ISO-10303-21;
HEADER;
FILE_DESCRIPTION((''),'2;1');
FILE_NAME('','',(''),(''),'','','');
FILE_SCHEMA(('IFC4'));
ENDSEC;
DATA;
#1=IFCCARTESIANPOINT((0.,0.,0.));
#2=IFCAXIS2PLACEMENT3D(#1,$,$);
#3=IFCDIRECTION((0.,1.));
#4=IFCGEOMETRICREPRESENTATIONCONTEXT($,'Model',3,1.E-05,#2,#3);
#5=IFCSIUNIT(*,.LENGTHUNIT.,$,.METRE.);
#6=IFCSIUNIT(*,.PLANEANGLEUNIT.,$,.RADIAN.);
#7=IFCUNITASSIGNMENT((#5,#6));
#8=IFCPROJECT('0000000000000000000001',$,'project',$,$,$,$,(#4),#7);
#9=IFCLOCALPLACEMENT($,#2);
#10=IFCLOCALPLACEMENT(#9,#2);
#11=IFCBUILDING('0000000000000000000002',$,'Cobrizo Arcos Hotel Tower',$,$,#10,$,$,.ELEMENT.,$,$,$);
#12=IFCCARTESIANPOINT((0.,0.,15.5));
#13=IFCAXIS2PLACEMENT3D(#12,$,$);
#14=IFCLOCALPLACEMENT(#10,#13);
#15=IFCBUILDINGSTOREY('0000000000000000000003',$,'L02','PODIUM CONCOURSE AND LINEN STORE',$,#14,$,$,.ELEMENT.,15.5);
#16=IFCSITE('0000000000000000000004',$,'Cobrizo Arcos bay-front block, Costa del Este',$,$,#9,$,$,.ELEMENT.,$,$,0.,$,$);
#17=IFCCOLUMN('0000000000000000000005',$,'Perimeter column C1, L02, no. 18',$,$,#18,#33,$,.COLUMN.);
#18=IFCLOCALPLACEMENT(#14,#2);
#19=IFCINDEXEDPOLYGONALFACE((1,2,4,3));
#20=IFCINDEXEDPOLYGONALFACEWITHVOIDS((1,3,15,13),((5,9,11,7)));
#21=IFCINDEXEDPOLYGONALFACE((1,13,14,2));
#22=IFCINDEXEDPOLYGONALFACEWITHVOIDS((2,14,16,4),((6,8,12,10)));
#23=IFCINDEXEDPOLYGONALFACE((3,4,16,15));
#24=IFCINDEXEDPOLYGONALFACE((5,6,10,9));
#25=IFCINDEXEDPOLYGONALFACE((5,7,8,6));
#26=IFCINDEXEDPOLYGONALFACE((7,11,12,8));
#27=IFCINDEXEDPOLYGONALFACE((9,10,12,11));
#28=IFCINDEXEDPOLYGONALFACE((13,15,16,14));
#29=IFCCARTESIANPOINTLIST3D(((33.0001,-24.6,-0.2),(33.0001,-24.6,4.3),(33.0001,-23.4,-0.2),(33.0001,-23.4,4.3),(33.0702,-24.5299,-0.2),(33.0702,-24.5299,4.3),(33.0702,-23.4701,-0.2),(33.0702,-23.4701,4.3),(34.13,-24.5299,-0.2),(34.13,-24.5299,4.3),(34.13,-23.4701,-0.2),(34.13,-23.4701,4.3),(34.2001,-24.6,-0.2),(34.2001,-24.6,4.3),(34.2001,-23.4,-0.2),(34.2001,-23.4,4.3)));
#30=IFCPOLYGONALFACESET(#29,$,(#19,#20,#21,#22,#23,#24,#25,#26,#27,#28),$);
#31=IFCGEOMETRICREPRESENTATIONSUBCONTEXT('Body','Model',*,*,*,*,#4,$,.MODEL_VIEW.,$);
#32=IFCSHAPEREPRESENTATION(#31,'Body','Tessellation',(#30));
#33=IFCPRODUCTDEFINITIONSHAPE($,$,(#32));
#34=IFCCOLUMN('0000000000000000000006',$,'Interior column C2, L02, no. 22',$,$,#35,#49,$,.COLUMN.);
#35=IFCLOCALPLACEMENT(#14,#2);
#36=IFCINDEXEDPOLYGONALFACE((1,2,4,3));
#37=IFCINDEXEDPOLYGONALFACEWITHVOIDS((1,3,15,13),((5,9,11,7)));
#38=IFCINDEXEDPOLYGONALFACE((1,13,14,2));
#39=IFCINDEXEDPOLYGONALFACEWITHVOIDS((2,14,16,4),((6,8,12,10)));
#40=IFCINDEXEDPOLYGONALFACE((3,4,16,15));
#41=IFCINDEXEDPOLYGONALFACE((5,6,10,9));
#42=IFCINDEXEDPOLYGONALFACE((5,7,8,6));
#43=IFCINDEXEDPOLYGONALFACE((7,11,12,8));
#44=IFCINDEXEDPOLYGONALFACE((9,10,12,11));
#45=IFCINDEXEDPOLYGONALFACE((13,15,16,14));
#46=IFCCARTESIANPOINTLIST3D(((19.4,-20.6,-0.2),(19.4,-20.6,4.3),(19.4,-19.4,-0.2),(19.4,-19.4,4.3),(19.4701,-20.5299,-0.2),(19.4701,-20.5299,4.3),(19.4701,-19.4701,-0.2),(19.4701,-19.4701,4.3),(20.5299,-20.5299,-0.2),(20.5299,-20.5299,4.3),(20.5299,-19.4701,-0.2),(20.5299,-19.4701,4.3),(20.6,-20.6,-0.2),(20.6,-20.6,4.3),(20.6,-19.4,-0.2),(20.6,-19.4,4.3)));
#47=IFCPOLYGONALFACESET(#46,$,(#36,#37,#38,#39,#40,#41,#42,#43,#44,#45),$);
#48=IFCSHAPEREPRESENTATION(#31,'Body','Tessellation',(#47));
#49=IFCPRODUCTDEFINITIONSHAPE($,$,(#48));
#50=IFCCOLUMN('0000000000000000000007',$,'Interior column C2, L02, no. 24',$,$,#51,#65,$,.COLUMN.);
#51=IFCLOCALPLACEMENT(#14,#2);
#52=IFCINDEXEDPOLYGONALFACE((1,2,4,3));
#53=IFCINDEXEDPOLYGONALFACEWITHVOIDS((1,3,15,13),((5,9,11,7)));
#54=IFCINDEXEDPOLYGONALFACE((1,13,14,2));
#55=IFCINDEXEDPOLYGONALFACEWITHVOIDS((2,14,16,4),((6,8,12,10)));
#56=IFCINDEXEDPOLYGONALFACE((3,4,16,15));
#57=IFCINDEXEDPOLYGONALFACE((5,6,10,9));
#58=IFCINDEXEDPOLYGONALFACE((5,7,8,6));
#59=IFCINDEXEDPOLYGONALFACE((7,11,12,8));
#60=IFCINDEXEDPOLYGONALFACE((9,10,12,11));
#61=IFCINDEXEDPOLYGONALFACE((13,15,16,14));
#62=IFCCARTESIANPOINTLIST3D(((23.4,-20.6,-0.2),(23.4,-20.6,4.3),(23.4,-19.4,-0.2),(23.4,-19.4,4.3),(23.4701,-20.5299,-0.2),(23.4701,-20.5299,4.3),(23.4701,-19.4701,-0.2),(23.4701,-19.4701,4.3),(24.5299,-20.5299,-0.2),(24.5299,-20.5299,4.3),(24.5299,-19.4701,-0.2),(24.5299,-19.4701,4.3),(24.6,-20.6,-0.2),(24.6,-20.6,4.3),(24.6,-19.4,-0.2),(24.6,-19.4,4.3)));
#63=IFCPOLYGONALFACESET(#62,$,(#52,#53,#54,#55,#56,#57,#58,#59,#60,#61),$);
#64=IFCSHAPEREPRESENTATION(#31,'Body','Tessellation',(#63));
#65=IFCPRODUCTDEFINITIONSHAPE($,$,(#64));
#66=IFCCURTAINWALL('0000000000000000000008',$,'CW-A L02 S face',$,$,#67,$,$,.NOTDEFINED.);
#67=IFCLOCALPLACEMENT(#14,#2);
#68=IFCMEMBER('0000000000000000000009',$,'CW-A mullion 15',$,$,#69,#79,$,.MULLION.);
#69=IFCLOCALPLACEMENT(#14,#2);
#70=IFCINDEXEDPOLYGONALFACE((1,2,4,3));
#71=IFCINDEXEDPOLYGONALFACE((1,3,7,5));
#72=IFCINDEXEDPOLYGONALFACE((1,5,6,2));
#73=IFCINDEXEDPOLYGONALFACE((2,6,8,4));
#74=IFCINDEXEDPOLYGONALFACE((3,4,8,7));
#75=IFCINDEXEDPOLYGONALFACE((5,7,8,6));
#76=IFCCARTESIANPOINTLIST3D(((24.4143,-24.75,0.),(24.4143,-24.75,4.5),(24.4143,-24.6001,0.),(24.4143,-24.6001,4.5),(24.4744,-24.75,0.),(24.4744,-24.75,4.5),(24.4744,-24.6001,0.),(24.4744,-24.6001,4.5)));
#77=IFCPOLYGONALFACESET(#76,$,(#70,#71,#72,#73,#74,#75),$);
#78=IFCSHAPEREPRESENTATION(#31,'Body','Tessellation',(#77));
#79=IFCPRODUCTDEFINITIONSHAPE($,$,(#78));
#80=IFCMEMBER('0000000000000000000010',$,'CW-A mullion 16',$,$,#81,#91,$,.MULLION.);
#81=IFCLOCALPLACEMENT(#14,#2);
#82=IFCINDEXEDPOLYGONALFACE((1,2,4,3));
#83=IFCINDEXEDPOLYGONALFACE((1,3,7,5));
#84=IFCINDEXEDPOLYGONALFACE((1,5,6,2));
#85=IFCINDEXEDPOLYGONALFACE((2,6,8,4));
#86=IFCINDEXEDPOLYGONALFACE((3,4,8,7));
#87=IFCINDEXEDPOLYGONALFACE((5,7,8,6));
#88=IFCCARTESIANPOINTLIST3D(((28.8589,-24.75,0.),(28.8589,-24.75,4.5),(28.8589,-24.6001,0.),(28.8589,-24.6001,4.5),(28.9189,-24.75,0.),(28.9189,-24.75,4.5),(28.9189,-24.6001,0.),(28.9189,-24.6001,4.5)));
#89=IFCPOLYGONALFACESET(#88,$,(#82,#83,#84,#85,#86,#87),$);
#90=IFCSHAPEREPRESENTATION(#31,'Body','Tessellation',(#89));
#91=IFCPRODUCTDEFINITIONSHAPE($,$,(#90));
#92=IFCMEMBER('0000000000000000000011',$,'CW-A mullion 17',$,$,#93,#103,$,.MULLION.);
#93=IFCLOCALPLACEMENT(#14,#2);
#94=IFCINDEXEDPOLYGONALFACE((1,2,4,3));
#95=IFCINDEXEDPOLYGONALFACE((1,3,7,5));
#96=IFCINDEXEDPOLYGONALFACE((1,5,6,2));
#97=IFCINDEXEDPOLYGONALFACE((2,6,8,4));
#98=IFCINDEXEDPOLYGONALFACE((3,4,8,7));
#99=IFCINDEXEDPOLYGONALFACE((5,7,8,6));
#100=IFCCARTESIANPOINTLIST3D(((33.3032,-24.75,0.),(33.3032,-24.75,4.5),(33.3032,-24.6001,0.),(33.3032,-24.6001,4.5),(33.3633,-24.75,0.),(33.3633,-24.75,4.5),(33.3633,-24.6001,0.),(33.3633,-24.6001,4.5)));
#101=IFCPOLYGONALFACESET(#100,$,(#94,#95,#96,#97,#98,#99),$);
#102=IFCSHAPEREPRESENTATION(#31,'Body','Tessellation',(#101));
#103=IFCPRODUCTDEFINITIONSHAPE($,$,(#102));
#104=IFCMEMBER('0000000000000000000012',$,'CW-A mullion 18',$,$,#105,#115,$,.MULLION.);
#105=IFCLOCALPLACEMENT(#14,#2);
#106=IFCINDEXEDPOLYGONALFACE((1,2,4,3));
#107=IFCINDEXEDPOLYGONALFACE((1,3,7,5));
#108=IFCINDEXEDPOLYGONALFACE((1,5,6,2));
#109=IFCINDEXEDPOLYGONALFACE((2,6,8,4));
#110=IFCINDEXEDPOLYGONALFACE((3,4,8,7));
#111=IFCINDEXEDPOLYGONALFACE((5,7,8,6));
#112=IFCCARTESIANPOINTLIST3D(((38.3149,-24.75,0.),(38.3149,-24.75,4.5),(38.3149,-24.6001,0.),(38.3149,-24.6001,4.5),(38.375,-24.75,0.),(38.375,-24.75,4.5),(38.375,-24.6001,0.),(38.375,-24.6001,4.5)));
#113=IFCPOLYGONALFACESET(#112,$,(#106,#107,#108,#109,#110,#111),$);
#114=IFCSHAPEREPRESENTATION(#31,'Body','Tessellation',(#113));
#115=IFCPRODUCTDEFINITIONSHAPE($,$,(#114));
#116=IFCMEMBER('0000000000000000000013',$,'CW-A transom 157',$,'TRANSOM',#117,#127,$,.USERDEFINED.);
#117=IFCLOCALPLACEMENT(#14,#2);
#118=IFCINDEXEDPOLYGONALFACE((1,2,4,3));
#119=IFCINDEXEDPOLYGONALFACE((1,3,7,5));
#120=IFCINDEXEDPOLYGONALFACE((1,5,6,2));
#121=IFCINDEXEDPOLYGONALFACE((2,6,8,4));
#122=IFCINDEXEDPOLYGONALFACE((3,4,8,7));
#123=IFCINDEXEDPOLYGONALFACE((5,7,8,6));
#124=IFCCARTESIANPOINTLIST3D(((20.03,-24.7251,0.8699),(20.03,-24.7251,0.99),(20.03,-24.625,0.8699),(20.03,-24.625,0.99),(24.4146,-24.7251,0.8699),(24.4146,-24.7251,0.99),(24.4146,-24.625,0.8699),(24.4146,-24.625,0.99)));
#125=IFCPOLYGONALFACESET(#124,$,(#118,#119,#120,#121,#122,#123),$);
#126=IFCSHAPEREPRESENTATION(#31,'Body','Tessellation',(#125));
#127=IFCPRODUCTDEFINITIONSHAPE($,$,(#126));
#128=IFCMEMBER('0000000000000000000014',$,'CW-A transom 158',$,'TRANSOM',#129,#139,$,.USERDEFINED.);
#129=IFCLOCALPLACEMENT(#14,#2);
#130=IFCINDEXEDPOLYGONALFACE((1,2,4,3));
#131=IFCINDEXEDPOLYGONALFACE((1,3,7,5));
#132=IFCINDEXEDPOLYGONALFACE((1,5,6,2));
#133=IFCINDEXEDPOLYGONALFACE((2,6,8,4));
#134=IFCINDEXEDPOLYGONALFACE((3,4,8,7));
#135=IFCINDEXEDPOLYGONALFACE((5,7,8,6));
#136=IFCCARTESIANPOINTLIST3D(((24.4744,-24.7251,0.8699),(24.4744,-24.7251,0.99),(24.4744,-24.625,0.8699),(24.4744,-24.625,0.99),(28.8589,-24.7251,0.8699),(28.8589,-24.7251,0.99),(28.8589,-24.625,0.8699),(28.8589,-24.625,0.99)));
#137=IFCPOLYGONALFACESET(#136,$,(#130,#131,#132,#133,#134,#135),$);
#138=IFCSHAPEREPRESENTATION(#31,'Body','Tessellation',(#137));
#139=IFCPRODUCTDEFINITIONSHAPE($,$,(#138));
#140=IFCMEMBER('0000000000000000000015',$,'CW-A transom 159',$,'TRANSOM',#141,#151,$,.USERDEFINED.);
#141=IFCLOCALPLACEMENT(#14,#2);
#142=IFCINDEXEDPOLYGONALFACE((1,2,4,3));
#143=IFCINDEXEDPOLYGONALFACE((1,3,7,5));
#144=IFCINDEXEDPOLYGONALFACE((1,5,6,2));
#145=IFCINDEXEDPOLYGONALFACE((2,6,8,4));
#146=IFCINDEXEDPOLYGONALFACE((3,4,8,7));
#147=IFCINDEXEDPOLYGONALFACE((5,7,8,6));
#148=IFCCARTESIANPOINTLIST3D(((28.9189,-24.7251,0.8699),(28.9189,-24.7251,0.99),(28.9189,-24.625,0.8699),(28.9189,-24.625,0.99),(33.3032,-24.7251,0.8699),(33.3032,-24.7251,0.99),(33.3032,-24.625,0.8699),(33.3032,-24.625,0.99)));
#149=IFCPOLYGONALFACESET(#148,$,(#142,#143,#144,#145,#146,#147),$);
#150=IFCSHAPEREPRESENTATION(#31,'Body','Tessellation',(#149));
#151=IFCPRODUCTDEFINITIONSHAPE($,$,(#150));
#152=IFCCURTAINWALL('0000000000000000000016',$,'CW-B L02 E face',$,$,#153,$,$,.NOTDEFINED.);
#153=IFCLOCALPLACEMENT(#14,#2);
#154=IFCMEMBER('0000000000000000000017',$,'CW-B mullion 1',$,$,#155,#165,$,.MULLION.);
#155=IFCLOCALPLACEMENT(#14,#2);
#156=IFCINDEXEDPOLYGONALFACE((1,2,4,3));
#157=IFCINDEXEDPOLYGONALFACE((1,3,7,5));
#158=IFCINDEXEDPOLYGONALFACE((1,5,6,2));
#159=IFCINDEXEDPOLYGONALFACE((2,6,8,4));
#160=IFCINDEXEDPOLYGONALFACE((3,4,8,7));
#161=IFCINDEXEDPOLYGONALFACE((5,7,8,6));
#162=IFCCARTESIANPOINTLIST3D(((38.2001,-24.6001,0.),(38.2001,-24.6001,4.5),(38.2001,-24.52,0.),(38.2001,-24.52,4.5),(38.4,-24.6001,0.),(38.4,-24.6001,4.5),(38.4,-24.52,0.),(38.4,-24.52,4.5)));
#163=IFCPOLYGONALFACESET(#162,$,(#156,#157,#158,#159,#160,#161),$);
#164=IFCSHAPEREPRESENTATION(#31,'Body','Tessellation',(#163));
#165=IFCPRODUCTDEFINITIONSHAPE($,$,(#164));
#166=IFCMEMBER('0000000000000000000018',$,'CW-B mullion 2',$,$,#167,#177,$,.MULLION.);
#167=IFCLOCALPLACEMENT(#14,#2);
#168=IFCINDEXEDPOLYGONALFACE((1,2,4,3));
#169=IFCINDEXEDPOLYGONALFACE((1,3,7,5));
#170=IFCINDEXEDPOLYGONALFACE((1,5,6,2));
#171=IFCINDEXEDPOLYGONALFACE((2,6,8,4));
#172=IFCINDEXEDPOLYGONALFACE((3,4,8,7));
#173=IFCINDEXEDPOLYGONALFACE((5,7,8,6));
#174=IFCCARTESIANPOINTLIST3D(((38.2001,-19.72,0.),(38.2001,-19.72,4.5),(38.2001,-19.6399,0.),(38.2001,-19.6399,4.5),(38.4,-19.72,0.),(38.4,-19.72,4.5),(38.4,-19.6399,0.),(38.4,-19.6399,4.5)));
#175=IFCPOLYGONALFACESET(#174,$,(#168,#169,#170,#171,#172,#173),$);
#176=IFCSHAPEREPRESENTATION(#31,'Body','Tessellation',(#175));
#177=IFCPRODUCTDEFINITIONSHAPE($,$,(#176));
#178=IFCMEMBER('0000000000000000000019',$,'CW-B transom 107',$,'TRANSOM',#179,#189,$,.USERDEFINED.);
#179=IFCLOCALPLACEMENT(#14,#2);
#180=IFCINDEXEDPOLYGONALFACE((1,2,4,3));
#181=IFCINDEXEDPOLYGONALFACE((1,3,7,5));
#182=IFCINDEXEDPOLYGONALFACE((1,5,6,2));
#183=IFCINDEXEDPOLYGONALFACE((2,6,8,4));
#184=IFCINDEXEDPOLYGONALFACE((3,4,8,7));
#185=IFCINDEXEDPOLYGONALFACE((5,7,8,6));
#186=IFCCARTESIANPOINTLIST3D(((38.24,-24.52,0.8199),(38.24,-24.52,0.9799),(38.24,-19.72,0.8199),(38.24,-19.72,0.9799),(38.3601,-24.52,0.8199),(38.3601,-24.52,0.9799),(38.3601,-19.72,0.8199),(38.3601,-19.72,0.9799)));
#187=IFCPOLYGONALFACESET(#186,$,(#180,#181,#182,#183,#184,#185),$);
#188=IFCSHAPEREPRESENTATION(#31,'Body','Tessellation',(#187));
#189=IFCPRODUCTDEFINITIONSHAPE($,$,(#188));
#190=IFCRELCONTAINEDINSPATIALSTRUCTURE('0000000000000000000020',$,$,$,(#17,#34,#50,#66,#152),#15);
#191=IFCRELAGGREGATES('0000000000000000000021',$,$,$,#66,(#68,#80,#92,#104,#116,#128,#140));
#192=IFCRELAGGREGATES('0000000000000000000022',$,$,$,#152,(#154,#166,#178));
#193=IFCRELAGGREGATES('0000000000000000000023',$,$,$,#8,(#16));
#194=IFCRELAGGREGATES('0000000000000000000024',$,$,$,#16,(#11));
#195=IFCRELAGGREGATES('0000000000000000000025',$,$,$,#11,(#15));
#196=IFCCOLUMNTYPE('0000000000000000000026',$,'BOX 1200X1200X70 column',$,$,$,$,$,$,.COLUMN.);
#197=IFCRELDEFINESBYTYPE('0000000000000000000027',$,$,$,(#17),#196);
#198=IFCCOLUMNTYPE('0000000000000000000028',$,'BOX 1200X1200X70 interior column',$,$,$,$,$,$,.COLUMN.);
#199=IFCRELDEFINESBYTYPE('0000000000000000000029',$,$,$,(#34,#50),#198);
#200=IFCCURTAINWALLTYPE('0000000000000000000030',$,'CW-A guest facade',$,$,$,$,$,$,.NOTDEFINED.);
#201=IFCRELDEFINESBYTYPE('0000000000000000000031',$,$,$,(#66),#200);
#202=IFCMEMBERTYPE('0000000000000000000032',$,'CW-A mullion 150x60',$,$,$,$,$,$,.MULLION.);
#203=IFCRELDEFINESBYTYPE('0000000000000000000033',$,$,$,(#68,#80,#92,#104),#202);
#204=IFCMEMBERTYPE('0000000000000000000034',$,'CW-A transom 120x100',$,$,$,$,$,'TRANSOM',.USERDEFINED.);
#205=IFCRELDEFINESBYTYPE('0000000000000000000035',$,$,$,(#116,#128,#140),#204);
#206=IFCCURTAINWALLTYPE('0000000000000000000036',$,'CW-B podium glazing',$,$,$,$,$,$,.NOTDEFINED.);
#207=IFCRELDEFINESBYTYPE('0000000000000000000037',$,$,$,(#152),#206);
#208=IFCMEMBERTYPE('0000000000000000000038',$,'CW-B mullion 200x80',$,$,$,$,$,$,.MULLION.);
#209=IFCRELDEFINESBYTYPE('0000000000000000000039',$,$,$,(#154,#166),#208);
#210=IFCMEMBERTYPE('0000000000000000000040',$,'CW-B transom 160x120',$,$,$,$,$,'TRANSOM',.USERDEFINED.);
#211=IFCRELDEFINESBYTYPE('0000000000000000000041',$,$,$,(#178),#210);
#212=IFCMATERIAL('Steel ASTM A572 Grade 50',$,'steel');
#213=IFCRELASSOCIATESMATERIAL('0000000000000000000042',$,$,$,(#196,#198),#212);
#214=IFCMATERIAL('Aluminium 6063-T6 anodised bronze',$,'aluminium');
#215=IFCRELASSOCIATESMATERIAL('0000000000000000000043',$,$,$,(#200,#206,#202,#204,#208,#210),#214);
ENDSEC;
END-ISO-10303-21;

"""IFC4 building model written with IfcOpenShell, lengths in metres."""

from ifc_helpers import new_model, si_unit, direction, frame, origin, origin_2d, place, context, subcontext, project, spatial, rectangle, hollow_rectangle, extrude, material, material_profile, profile_set, type_object, element, aggregate, save


model = new_model("IFC4")

# Units and contexts
model_context = context("Model", 3, precision=1e-05, world=origin(), true_north=direction((0.0, 1.0)))
body_context = subcontext(model_context, "Body", "Model", "MODEL_VIEW")
ifc_project = project(units=[si_unit("LENGTHUNIT", "METRE"), si_unit("PLANEANGLEUNIT", "RADIAN")], contexts=[model_context])

# Site, building, storey
site_placement = place(None, origin())
site = spatial("IfcSite", under=ifc_project, at=site_placement, Name="Cobrizo Arcos bay-front block, Costa del Este", CompositionType="ELEMENT", RefElevation=0.0)
building_placement = place(site_placement, origin())
building = spatial("IfcBuilding", under=site, at=building_placement, Name="Cobrizo Arcos Hotel Tower", CompositionType="ELEMENT")
storey_placement = place(building_placement, frame((0.0, 0.0, 15.5)))
storey = spatial("IfcBuildingStorey", under=building, at=storey_placement, Name="L02", Description="PODIUM CONCOURSE AND LINEN STORE", CompositionType="ELEMENT", Elevation=15.5)

# Columns
ifc_material_1 = material(Name="Steel ASTM A572 Grade 50", Category="steel")
ifc_material_profile_1 = material_profile(ifc_material_1, hollow_rectangle(XDim=1.2, YDim=1.2, WallThickness=0.0701, at=origin_2d()), Name="BOX 1200X1200X70")
ifc_profile_set_1 = profile_set([ifc_material_profile_1], Name="Steel ASTM A572 Grade 50")
column_type_1 = type_object("IfcColumnType", Name="BOX 1200X1200X70 column", PredefinedType="COLUMN", material=ifc_profile_set_1)
column_placement = place(storey_placement, frame((33.6001, -24.0, -0.2), z_axis=(0.0, 0.0, 1.0), x_axis=(1.0, 0.0, 0.0)))
element("IfcColumn", 1, at=column_placement, inside=storey, type_object=column_type_1, Name="Perimeter column C1, L02, no. 18", PredefinedType="COLUMN", context=body_context, shape_type="SweptSolid", body=[
    extrude(hollow_rectangle(XDim=1.2, YDim=1.2, WallThickness=0.0701, at=origin_2d()), origin(), (0.0, 0.0, 1.0), 4.5),
])
ifc_material_profile_2 = material_profile(ifc_material_1, hollow_rectangle(XDim=1.2, YDim=1.2, WallThickness=0.0701, at=origin_2d()), Name="BOX 1200X1200X70")
ifc_profile_set_2 = profile_set([ifc_material_profile_2], Name="Steel ASTM A572 Grade 50")
column_type_2 = type_object("IfcColumnType", Name="BOX 1200X1200X70 interior column", PredefinedType="COLUMN", material=ifc_profile_set_2)
for number, where, z_axis, x_axis, name in (
    (2, (20.0, -20.0, -0.2), (0.0, 0.0, 1.0), (1.0, 0.0, 0.0), "Interior column C2, L02, no. 22"),
    (3, (24.0, -20.0, -0.2), (0.0, 0.0, 1.0), (1.0, 0.0, 0.0), "Interior column C2, L02, no. 24"),
):
    element("IfcColumn", number, at=place(storey_placement, frame(where, z_axis=z_axis, x_axis=x_axis)), inside=storey, type_object=column_type_2, Name=name, PredefinedType="COLUMN", context=body_context, shape_type="SweptSolid", body=[
        extrude(hollow_rectangle(XDim=1.2, YDim=1.2, WallThickness=0.0701, at=origin_2d()), origin(), (0.0, 0.0, 1.0), 4.5),
    ])

# Curtain walls, members
ifc_material_2 = material(Name="Aluminium 6063-T6 anodised bronze", Category="aluminium")
curtain_wall_type_1 = type_object("IfcCurtainWallType", Name="CW-A guest facade", PredefinedType="NOTDEFINED", material=ifc_material_2)
curtain_wall_1_placement = place(storey_placement, origin())
curtain_wall_1 = element("IfcCurtainWall", 4, at=curtain_wall_1_placement, inside=storey, type_object=curtain_wall_type_1, Name="CW-A L02 S face", PredefinedType="NOTDEFINED")
ifc_material_profile_3 = material_profile(ifc_material_2, rectangle(XDim=0.1499, YDim=0.0601, at=origin_2d()), Name="CW-A mullion 150x60")
ifc_profile_set_3 = profile_set([ifc_material_profile_3], Name="Aluminium 6063-T6 anodised bronze")
member_type_1 = type_object("IfcMemberType", Name="CW-A mullion 150x60", PredefinedType="MULLION", material=ifc_profile_set_3)
member_1_placement = place(storey_placement, frame((24.4443, -24.675, 0.0), z_axis=(0.0, 0.0, 1.0), x_axis=(0.0, -1.0, 0.0)))
member_1 = element("IfcMember", 5, at=member_1_placement, type_object=member_type_1, Name="CW-A mullion 15", PredefinedType="MULLION", context=body_context, shape_type="SweptSolid", body=[
    extrude(rectangle(XDim=0.1499, YDim=0.0601, at=origin_2d()), origin(), (0.0, 0.0, 1.0), 4.5),
])
member_2_placement = place(storey_placement, frame((28.8889, -24.675, 0.0), z_axis=(0.0, 0.0, 1.0), x_axis=(0.0, -1.0, 0.0)))
member_2 = element("IfcMember", 6, at=member_2_placement, type_object=member_type_1, Name="CW-A mullion 16", PredefinedType="MULLION", context=body_context, shape_type="SweptSolid", body=[
    extrude(rectangle(XDim=0.1499, YDim=0.0601, at=origin_2d()), origin(), (0.0, 0.0, 1.0), 4.5),
])
member_3_placement = place(storey_placement, frame((33.3333, -24.675, 0.0), z_axis=(0.0, 0.0, 1.0), x_axis=(0.0, -1.0, 0.0)))
member_3 = element("IfcMember", 7, at=member_3_placement, type_object=member_type_1, Name="CW-A mullion 17", PredefinedType="MULLION", context=body_context, shape_type="SweptSolid", body=[
    extrude(rectangle(XDim=0.1499, YDim=0.0601, at=origin_2d()), origin(), (0.0, 0.0, 1.0), 4.5),
])
member_4_placement = place(storey_placement, frame((38.345, -24.675, 0.0), z_axis=(0.0, 0.0, 1.0), x_axis=(0.0, -1.0, 0.0)))
member_4 = element("IfcMember", 8, at=member_4_placement, type_object=member_type_1, Name="CW-A mullion 18", PredefinedType="MULLION", context=body_context, shape_type="SweptSolid", body=[
    extrude(rectangle(XDim=0.1499, YDim=0.0601, at=origin_2d()), origin(), (0.0, 0.0, 1.0), 4.5),
])
ifc_material_profile_4 = material_profile(ifc_material_2, rectangle(XDim=0.1001, YDim=0.1201, at=origin_2d()), Name="CW-A transom 120x100")
ifc_profile_set_4 = profile_set([ifc_material_profile_4], Name="Aluminium 6063-T6 anodised bronze")
member_type_2 = type_object("IfcMemberType", Name="CW-A transom 120x100", ElementType="TRANSOM", PredefinedType="USERDEFINED", material=ifc_profile_set_4)
member_5_placement = place(storey_placement, frame((20.03, -24.675, 0.9299), z_axis=(1.0, 0.0, 0.0), x_axis=(0.0, 1.0, 0.0)))
member_5 = element("IfcMember", 9, at=member_5_placement, type_object=member_type_2, Name="CW-A transom 157", ObjectType="TRANSOM", PredefinedType="USERDEFINED", context=body_context, shape_type="SweptSolid", body=[
    extrude(rectangle(XDim=0.1001, YDim=0.1201, at=origin_2d()), origin(), (0.0, 0.0, 1.0), 4.3845),
])
member_6_placement = place(storey_placement, frame((24.4744, -24.675, 0.9299), z_axis=(1.0, 0.0, 0.0), x_axis=(0.0, 1.0, 0.0)))
member_6 = element("IfcMember", 10, at=member_6_placement, type_object=member_type_2, Name="CW-A transom 158", ObjectType="TRANSOM", PredefinedType="USERDEFINED", context=body_context, shape_type="SweptSolid", body=[
    extrude(rectangle(XDim=0.1001, YDim=0.1201, at=origin_2d()), origin(), (0.0, 0.0, 1.0), 4.3845),
])
member_7_placement = place(storey_placement, frame((28.9189, -24.675, 0.9299), z_axis=(1.0, 0.0, 0.0), x_axis=(0.0, 1.0, 0.0)))
member_7 = element("IfcMember", 11, at=member_7_placement, type_object=member_type_2, Name="CW-A transom 159", ObjectType="TRANSOM", PredefinedType="USERDEFINED", context=body_context, shape_type="SweptSolid", body=[
    extrude(rectangle(XDim=0.1001, YDim=0.1201, at=origin_2d()), origin(), (0.0, 0.0, 1.0), 4.3843),
])
curtain_wall_type_2 = type_object("IfcCurtainWallType", Name="CW-B podium glazing", PredefinedType="NOTDEFINED", material=ifc_material_2)
curtain_wall_2_placement = place(storey_placement, origin())
curtain_wall_2 = element("IfcCurtainWall", 12, at=curtain_wall_2_placement, inside=storey, type_object=curtain_wall_type_2, Name="CW-B L02 E face", PredefinedType="NOTDEFINED")
ifc_material_profile_5 = material_profile(ifc_material_2, rectangle(XDim=0.2, YDim=0.0801, at=origin_2d()), Name="CW-B mullion 200x80")
ifc_profile_set_5 = profile_set([ifc_material_profile_5], Name="Aluminium 6063-T6 anodised bronze")
member_type_3 = type_object("IfcMemberType", Name="CW-B mullion 200x80", PredefinedType="MULLION", material=ifc_profile_set_5)
member_8_placement = place(storey_placement, frame((38.3, -24.5601, 0.0), z_axis=(0.0, 0.0, 1.0), x_axis=(1.0, 0.0, 0.0)))
member_8 = element("IfcMember", 13, at=member_8_placement, type_object=member_type_3, Name="CW-B mullion 1", PredefinedType="MULLION", context=body_context, shape_type="SweptSolid", body=[
    extrude(rectangle(XDim=0.2, YDim=0.0801, at=origin_2d()), origin(), (0.0, 0.0, 1.0), 4.5),
])
member_9_placement = place(storey_placement, frame((38.3, -19.6799, 0.0), z_axis=(0.0, 0.0, 1.0), x_axis=(1.0, 0.0, 0.0)))
member_9 = element("IfcMember", 14, at=member_9_placement, type_object=member_type_3, Name="CW-B mullion 2", PredefinedType="MULLION", context=body_context, shape_type="SweptSolid", body=[
    extrude(rectangle(XDim=0.2, YDim=0.0801, at=origin_2d()), origin(), (0.0, 0.0, 1.0), 4.5),
])
ifc_material_profile_6 = material_profile(ifc_material_2, rectangle(XDim=0.1201, YDim=0.1599, at=origin_2d()), Name="CW-B transom 160x120")
ifc_profile_set_6 = profile_set([ifc_material_profile_6], Name="Aluminium 6063-T6 anodised bronze")
member_type_4 = type_object("IfcMemberType", Name="CW-B transom 160x120", ElementType="TRANSOM", PredefinedType="USERDEFINED", material=ifc_profile_set_6)
member_10_placement = place(storey_placement, frame((38.3, -24.52, 0.8999), z_axis=(0.0, 1.0, 0.0), x_axis=(-1.0, 0.0, 0.0)))
member_10 = element("IfcMember", 15, at=member_10_placement, type_object=member_type_4, Name="CW-B transom 107", ObjectType="TRANSOM", PredefinedType="USERDEFINED", context=body_context, shape_type="SweptSolid", body=[
    extrude(rectangle(XDim=0.1201, YDim=0.1599, at=origin_2d()), origin(), (0.0, 0.0, 1.0), 4.8),
])

aggregate(curtain_wall_1, [member_1, member_2, member_3, member_4, member_5, member_6, member_7])
aggregate(curtain_wall_2, [member_8, member_9, member_10])

save(model, "model.ifc")
